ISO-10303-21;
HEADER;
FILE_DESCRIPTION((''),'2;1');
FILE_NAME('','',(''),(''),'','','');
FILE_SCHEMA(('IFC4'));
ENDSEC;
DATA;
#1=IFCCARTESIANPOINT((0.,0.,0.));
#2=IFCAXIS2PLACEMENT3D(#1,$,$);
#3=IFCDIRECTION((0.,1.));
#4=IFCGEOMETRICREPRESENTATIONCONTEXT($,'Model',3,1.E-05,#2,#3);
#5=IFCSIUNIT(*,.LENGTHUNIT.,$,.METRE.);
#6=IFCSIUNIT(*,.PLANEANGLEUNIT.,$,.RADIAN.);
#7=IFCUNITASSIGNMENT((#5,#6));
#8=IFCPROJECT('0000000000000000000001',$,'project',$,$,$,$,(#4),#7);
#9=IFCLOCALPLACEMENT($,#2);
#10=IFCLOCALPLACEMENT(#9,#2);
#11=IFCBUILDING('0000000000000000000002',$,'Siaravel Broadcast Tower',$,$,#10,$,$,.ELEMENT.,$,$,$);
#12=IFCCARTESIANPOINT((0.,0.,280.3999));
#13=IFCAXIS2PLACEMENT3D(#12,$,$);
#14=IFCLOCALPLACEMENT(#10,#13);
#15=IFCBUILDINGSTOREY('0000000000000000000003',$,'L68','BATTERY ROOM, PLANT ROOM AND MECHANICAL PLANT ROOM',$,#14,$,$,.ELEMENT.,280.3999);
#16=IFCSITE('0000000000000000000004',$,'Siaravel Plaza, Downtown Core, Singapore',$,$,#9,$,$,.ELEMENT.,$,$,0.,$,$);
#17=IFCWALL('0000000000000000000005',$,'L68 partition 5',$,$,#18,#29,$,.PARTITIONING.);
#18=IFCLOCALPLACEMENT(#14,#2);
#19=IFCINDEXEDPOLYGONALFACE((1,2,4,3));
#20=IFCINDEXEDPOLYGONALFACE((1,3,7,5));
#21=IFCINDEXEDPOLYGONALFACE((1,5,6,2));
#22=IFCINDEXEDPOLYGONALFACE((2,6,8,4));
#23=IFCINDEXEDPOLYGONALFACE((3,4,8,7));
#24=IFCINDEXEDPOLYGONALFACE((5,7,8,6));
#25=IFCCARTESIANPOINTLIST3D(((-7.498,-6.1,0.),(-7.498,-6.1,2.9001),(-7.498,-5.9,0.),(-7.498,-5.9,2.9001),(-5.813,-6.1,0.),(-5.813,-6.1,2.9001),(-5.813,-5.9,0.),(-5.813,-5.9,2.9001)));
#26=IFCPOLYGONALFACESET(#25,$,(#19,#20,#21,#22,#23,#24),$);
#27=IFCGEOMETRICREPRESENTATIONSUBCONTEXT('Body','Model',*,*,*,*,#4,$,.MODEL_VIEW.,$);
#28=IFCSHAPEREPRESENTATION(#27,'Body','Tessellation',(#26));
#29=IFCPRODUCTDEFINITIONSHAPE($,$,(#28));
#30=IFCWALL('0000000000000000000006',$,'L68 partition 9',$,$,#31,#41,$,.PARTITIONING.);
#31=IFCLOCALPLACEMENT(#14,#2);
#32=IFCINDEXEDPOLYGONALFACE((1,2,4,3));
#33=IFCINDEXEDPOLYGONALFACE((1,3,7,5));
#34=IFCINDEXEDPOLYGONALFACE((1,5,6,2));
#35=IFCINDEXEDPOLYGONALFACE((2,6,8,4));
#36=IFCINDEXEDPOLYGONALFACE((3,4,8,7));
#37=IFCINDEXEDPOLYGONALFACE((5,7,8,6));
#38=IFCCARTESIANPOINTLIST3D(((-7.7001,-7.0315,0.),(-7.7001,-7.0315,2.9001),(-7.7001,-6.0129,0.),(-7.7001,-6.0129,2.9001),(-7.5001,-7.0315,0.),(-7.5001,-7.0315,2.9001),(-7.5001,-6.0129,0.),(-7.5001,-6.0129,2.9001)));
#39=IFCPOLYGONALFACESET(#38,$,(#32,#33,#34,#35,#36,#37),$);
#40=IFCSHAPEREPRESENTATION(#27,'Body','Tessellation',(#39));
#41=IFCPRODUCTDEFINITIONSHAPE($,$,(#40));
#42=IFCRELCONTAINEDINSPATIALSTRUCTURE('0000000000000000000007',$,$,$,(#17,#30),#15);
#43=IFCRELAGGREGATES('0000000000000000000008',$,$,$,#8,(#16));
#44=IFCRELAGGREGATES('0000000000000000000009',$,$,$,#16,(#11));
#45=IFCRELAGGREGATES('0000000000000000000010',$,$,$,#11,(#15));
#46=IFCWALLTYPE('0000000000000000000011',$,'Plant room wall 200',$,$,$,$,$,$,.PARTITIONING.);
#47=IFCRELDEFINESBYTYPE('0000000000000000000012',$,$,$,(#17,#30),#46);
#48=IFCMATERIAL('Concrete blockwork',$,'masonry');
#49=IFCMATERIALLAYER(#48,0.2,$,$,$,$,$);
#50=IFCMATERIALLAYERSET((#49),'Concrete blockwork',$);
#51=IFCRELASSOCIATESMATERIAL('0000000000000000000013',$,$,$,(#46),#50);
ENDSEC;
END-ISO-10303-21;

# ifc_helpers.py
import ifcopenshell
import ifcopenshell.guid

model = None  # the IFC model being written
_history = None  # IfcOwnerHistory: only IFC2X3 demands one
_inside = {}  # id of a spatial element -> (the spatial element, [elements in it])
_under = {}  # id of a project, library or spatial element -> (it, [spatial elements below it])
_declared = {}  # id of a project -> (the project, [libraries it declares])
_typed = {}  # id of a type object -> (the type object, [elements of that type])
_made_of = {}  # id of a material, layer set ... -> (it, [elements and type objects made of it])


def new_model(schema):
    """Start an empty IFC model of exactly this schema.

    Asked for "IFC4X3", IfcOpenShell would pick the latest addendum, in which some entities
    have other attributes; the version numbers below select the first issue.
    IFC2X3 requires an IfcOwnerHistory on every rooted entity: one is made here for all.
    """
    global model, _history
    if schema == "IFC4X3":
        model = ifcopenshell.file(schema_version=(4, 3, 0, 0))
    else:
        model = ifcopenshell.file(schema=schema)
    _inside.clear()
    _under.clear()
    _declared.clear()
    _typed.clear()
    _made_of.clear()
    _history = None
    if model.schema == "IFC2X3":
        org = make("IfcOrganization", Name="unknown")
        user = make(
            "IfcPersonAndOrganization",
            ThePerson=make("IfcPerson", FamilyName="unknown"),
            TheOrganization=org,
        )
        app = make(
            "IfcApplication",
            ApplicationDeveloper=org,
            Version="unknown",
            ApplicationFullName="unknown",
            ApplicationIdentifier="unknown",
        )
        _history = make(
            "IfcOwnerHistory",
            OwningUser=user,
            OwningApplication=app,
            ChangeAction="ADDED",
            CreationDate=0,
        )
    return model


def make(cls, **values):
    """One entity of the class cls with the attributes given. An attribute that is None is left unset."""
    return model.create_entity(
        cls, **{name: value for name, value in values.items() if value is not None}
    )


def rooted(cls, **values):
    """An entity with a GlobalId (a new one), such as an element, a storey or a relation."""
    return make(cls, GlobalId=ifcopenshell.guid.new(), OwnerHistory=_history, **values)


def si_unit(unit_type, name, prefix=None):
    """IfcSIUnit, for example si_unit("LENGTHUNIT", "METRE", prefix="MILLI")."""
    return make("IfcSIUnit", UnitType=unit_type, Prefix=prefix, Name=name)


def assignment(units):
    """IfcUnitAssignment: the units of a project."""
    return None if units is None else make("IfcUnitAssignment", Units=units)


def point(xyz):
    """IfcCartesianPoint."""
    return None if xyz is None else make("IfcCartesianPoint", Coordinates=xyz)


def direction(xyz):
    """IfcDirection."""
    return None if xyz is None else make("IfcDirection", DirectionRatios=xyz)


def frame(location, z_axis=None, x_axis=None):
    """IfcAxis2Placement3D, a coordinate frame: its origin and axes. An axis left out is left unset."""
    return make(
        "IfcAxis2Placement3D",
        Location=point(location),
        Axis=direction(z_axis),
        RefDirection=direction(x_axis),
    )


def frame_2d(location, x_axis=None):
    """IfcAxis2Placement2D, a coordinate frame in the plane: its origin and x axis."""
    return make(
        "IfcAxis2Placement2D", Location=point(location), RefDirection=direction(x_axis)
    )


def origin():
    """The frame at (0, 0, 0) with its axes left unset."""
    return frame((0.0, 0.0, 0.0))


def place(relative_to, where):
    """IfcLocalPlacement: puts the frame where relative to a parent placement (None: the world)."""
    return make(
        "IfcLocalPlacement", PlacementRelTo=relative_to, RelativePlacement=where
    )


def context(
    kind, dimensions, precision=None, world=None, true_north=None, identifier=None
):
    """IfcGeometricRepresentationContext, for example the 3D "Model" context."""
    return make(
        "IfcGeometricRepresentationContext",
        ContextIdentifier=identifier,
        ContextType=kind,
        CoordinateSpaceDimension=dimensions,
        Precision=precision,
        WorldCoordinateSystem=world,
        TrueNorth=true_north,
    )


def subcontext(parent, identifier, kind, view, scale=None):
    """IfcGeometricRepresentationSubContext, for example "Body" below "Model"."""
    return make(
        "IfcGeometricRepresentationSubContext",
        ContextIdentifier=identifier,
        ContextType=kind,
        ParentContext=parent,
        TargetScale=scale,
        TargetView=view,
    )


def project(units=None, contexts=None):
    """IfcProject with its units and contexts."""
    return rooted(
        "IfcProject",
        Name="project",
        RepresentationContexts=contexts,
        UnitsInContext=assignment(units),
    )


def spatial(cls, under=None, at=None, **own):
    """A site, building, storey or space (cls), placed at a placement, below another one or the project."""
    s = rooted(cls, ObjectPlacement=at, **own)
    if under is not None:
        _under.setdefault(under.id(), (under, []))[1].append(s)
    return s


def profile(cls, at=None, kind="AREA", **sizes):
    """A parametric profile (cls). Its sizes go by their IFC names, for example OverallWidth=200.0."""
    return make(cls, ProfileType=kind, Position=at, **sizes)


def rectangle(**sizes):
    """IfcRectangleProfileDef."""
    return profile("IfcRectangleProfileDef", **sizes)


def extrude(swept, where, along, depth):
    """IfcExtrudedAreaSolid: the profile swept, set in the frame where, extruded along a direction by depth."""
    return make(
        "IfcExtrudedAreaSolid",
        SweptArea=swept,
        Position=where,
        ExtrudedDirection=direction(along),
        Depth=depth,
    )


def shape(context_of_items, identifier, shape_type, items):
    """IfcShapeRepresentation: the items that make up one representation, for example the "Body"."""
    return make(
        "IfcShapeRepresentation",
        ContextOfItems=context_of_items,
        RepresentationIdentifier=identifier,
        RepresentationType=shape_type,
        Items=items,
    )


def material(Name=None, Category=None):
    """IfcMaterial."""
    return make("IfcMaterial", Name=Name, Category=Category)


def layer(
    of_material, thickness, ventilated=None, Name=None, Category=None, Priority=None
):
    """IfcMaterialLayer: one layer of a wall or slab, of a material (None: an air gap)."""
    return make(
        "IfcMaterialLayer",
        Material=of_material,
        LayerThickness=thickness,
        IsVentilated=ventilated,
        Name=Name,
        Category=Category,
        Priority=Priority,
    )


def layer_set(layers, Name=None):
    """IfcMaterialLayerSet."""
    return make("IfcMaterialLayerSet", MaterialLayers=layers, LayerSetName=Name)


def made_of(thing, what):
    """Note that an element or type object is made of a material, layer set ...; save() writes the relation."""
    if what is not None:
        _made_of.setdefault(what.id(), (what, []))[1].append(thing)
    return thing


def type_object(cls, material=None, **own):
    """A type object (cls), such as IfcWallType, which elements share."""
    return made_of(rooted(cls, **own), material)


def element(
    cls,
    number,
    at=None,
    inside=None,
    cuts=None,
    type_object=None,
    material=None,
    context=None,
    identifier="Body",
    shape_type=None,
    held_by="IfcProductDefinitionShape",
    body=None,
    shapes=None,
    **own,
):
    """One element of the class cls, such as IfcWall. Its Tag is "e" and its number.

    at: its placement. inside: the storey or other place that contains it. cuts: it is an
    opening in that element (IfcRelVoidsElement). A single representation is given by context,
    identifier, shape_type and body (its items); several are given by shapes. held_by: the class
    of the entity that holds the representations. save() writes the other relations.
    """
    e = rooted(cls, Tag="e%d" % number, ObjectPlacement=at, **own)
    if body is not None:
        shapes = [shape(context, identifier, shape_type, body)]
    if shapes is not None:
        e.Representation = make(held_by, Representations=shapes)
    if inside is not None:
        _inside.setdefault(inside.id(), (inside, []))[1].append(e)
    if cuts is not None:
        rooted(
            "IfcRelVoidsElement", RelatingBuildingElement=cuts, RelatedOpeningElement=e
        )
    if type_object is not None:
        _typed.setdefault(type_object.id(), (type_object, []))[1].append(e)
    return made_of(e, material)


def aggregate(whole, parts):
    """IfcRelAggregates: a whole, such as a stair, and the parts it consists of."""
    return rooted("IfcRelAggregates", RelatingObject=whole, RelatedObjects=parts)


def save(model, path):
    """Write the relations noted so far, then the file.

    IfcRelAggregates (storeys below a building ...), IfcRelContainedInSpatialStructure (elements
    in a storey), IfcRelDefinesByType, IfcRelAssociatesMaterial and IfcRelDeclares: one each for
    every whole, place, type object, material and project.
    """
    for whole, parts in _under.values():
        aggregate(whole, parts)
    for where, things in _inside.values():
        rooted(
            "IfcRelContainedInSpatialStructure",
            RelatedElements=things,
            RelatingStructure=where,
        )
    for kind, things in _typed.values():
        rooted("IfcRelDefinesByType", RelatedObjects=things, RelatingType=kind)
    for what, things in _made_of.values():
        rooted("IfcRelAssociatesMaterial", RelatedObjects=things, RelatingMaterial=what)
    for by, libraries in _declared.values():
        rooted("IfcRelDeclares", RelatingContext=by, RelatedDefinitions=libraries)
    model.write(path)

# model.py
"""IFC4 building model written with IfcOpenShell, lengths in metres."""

from ifc_helpers import new_model, si_unit, direction, frame, frame_2d, origin, place, context, subcontext, project, spatial, rectangle, extrude, material, layer, layer_set, type_object, element, save


model = new_model("IFC4")

# Units and contexts
model_context = context("Model", 3, precision=1e-05, world=origin(), true_north=direction((0.0, 1.0)))
body_context = subcontext(model_context, "Body", "Model", "MODEL_VIEW")
ifc_project = project(units=[si_unit("LENGTHUNIT", "METRE"), si_unit("PLANEANGLEUNIT", "RADIAN")], contexts=[model_context])

# Site, building, storey
site_placement = place(None, origin())
site = spatial("IfcSite", under=ifc_project, at=site_placement, Name="Siaravel Plaza, Downtown Core, Singapore", CompositionType="ELEMENT", RefElevation=0.0)
building_placement = place(site_placement, origin())
building = spatial("IfcBuilding", under=site, at=building_placement, Name="Siaravel Broadcast Tower", CompositionType="ELEMENT")
storey_placement = place(building_placement, frame((0.0, 0.0, 280.3999)))
storey = spatial("IfcBuildingStorey", under=building, at=storey_placement, Name="L68", Description="BATTERY ROOM, PLANT ROOM AND MECHANICAL PLANT ROOM", CompositionType="ELEMENT", Elevation=280.3999)

# Shared definitions
ifc_material_1 = material(Name="Concrete blockwork", Category="masonry")
ifc_layer_1 = layer(ifc_material_1, 0.2)
ifc_layer_set_1 = layer_set([ifc_layer_1], Name="Concrete blockwork")
wall_type = type_object("IfcWallType", Name="Plant room wall 200", PredefinedType="PARTITIONING", material=ifc_layer_set_1)

# Walls
wall_1_placement = place(storey_placement, frame((-7.498, -6.0, 0.0), z_axis=(0.0, 0.0, 1.0), x_axis=(1.0, 0.0, 0.0)))
element("IfcWall", 1, at=wall_1_placement, inside=storey, type_object=wall_type, Name="L68 partition 5", PredefinedType="PARTITIONING", context=body_context, shape_type="SweptSolid", body=[
    extrude(rectangle(XDim=1.6851, YDim=0.2, at=frame_2d((0.8425, 0.0))), origin(), (0.0, 0.0, 1.0), 2.9001),
])
wall_2_placement = place(storey_placement, frame((-7.6001, -7.0315, 0.0), z_axis=(0.0, 0.0, 1.0), x_axis=(0.0, 1.0, 0.0)))
element("IfcWall", 2, at=wall_2_placement, inside=storey, type_object=wall_type, Name="L68 partition 9", PredefinedType="PARTITIONING", context=body_context, shape_type="SweptSolid", body=[
    extrude(rectangle(XDim=1.0186, YDim=0.2, at=frame_2d((0.5093, 0.0))), origin(), (0.0, 0.0, 1.0), 2.9001),
])

save(model, "model.ifc")
